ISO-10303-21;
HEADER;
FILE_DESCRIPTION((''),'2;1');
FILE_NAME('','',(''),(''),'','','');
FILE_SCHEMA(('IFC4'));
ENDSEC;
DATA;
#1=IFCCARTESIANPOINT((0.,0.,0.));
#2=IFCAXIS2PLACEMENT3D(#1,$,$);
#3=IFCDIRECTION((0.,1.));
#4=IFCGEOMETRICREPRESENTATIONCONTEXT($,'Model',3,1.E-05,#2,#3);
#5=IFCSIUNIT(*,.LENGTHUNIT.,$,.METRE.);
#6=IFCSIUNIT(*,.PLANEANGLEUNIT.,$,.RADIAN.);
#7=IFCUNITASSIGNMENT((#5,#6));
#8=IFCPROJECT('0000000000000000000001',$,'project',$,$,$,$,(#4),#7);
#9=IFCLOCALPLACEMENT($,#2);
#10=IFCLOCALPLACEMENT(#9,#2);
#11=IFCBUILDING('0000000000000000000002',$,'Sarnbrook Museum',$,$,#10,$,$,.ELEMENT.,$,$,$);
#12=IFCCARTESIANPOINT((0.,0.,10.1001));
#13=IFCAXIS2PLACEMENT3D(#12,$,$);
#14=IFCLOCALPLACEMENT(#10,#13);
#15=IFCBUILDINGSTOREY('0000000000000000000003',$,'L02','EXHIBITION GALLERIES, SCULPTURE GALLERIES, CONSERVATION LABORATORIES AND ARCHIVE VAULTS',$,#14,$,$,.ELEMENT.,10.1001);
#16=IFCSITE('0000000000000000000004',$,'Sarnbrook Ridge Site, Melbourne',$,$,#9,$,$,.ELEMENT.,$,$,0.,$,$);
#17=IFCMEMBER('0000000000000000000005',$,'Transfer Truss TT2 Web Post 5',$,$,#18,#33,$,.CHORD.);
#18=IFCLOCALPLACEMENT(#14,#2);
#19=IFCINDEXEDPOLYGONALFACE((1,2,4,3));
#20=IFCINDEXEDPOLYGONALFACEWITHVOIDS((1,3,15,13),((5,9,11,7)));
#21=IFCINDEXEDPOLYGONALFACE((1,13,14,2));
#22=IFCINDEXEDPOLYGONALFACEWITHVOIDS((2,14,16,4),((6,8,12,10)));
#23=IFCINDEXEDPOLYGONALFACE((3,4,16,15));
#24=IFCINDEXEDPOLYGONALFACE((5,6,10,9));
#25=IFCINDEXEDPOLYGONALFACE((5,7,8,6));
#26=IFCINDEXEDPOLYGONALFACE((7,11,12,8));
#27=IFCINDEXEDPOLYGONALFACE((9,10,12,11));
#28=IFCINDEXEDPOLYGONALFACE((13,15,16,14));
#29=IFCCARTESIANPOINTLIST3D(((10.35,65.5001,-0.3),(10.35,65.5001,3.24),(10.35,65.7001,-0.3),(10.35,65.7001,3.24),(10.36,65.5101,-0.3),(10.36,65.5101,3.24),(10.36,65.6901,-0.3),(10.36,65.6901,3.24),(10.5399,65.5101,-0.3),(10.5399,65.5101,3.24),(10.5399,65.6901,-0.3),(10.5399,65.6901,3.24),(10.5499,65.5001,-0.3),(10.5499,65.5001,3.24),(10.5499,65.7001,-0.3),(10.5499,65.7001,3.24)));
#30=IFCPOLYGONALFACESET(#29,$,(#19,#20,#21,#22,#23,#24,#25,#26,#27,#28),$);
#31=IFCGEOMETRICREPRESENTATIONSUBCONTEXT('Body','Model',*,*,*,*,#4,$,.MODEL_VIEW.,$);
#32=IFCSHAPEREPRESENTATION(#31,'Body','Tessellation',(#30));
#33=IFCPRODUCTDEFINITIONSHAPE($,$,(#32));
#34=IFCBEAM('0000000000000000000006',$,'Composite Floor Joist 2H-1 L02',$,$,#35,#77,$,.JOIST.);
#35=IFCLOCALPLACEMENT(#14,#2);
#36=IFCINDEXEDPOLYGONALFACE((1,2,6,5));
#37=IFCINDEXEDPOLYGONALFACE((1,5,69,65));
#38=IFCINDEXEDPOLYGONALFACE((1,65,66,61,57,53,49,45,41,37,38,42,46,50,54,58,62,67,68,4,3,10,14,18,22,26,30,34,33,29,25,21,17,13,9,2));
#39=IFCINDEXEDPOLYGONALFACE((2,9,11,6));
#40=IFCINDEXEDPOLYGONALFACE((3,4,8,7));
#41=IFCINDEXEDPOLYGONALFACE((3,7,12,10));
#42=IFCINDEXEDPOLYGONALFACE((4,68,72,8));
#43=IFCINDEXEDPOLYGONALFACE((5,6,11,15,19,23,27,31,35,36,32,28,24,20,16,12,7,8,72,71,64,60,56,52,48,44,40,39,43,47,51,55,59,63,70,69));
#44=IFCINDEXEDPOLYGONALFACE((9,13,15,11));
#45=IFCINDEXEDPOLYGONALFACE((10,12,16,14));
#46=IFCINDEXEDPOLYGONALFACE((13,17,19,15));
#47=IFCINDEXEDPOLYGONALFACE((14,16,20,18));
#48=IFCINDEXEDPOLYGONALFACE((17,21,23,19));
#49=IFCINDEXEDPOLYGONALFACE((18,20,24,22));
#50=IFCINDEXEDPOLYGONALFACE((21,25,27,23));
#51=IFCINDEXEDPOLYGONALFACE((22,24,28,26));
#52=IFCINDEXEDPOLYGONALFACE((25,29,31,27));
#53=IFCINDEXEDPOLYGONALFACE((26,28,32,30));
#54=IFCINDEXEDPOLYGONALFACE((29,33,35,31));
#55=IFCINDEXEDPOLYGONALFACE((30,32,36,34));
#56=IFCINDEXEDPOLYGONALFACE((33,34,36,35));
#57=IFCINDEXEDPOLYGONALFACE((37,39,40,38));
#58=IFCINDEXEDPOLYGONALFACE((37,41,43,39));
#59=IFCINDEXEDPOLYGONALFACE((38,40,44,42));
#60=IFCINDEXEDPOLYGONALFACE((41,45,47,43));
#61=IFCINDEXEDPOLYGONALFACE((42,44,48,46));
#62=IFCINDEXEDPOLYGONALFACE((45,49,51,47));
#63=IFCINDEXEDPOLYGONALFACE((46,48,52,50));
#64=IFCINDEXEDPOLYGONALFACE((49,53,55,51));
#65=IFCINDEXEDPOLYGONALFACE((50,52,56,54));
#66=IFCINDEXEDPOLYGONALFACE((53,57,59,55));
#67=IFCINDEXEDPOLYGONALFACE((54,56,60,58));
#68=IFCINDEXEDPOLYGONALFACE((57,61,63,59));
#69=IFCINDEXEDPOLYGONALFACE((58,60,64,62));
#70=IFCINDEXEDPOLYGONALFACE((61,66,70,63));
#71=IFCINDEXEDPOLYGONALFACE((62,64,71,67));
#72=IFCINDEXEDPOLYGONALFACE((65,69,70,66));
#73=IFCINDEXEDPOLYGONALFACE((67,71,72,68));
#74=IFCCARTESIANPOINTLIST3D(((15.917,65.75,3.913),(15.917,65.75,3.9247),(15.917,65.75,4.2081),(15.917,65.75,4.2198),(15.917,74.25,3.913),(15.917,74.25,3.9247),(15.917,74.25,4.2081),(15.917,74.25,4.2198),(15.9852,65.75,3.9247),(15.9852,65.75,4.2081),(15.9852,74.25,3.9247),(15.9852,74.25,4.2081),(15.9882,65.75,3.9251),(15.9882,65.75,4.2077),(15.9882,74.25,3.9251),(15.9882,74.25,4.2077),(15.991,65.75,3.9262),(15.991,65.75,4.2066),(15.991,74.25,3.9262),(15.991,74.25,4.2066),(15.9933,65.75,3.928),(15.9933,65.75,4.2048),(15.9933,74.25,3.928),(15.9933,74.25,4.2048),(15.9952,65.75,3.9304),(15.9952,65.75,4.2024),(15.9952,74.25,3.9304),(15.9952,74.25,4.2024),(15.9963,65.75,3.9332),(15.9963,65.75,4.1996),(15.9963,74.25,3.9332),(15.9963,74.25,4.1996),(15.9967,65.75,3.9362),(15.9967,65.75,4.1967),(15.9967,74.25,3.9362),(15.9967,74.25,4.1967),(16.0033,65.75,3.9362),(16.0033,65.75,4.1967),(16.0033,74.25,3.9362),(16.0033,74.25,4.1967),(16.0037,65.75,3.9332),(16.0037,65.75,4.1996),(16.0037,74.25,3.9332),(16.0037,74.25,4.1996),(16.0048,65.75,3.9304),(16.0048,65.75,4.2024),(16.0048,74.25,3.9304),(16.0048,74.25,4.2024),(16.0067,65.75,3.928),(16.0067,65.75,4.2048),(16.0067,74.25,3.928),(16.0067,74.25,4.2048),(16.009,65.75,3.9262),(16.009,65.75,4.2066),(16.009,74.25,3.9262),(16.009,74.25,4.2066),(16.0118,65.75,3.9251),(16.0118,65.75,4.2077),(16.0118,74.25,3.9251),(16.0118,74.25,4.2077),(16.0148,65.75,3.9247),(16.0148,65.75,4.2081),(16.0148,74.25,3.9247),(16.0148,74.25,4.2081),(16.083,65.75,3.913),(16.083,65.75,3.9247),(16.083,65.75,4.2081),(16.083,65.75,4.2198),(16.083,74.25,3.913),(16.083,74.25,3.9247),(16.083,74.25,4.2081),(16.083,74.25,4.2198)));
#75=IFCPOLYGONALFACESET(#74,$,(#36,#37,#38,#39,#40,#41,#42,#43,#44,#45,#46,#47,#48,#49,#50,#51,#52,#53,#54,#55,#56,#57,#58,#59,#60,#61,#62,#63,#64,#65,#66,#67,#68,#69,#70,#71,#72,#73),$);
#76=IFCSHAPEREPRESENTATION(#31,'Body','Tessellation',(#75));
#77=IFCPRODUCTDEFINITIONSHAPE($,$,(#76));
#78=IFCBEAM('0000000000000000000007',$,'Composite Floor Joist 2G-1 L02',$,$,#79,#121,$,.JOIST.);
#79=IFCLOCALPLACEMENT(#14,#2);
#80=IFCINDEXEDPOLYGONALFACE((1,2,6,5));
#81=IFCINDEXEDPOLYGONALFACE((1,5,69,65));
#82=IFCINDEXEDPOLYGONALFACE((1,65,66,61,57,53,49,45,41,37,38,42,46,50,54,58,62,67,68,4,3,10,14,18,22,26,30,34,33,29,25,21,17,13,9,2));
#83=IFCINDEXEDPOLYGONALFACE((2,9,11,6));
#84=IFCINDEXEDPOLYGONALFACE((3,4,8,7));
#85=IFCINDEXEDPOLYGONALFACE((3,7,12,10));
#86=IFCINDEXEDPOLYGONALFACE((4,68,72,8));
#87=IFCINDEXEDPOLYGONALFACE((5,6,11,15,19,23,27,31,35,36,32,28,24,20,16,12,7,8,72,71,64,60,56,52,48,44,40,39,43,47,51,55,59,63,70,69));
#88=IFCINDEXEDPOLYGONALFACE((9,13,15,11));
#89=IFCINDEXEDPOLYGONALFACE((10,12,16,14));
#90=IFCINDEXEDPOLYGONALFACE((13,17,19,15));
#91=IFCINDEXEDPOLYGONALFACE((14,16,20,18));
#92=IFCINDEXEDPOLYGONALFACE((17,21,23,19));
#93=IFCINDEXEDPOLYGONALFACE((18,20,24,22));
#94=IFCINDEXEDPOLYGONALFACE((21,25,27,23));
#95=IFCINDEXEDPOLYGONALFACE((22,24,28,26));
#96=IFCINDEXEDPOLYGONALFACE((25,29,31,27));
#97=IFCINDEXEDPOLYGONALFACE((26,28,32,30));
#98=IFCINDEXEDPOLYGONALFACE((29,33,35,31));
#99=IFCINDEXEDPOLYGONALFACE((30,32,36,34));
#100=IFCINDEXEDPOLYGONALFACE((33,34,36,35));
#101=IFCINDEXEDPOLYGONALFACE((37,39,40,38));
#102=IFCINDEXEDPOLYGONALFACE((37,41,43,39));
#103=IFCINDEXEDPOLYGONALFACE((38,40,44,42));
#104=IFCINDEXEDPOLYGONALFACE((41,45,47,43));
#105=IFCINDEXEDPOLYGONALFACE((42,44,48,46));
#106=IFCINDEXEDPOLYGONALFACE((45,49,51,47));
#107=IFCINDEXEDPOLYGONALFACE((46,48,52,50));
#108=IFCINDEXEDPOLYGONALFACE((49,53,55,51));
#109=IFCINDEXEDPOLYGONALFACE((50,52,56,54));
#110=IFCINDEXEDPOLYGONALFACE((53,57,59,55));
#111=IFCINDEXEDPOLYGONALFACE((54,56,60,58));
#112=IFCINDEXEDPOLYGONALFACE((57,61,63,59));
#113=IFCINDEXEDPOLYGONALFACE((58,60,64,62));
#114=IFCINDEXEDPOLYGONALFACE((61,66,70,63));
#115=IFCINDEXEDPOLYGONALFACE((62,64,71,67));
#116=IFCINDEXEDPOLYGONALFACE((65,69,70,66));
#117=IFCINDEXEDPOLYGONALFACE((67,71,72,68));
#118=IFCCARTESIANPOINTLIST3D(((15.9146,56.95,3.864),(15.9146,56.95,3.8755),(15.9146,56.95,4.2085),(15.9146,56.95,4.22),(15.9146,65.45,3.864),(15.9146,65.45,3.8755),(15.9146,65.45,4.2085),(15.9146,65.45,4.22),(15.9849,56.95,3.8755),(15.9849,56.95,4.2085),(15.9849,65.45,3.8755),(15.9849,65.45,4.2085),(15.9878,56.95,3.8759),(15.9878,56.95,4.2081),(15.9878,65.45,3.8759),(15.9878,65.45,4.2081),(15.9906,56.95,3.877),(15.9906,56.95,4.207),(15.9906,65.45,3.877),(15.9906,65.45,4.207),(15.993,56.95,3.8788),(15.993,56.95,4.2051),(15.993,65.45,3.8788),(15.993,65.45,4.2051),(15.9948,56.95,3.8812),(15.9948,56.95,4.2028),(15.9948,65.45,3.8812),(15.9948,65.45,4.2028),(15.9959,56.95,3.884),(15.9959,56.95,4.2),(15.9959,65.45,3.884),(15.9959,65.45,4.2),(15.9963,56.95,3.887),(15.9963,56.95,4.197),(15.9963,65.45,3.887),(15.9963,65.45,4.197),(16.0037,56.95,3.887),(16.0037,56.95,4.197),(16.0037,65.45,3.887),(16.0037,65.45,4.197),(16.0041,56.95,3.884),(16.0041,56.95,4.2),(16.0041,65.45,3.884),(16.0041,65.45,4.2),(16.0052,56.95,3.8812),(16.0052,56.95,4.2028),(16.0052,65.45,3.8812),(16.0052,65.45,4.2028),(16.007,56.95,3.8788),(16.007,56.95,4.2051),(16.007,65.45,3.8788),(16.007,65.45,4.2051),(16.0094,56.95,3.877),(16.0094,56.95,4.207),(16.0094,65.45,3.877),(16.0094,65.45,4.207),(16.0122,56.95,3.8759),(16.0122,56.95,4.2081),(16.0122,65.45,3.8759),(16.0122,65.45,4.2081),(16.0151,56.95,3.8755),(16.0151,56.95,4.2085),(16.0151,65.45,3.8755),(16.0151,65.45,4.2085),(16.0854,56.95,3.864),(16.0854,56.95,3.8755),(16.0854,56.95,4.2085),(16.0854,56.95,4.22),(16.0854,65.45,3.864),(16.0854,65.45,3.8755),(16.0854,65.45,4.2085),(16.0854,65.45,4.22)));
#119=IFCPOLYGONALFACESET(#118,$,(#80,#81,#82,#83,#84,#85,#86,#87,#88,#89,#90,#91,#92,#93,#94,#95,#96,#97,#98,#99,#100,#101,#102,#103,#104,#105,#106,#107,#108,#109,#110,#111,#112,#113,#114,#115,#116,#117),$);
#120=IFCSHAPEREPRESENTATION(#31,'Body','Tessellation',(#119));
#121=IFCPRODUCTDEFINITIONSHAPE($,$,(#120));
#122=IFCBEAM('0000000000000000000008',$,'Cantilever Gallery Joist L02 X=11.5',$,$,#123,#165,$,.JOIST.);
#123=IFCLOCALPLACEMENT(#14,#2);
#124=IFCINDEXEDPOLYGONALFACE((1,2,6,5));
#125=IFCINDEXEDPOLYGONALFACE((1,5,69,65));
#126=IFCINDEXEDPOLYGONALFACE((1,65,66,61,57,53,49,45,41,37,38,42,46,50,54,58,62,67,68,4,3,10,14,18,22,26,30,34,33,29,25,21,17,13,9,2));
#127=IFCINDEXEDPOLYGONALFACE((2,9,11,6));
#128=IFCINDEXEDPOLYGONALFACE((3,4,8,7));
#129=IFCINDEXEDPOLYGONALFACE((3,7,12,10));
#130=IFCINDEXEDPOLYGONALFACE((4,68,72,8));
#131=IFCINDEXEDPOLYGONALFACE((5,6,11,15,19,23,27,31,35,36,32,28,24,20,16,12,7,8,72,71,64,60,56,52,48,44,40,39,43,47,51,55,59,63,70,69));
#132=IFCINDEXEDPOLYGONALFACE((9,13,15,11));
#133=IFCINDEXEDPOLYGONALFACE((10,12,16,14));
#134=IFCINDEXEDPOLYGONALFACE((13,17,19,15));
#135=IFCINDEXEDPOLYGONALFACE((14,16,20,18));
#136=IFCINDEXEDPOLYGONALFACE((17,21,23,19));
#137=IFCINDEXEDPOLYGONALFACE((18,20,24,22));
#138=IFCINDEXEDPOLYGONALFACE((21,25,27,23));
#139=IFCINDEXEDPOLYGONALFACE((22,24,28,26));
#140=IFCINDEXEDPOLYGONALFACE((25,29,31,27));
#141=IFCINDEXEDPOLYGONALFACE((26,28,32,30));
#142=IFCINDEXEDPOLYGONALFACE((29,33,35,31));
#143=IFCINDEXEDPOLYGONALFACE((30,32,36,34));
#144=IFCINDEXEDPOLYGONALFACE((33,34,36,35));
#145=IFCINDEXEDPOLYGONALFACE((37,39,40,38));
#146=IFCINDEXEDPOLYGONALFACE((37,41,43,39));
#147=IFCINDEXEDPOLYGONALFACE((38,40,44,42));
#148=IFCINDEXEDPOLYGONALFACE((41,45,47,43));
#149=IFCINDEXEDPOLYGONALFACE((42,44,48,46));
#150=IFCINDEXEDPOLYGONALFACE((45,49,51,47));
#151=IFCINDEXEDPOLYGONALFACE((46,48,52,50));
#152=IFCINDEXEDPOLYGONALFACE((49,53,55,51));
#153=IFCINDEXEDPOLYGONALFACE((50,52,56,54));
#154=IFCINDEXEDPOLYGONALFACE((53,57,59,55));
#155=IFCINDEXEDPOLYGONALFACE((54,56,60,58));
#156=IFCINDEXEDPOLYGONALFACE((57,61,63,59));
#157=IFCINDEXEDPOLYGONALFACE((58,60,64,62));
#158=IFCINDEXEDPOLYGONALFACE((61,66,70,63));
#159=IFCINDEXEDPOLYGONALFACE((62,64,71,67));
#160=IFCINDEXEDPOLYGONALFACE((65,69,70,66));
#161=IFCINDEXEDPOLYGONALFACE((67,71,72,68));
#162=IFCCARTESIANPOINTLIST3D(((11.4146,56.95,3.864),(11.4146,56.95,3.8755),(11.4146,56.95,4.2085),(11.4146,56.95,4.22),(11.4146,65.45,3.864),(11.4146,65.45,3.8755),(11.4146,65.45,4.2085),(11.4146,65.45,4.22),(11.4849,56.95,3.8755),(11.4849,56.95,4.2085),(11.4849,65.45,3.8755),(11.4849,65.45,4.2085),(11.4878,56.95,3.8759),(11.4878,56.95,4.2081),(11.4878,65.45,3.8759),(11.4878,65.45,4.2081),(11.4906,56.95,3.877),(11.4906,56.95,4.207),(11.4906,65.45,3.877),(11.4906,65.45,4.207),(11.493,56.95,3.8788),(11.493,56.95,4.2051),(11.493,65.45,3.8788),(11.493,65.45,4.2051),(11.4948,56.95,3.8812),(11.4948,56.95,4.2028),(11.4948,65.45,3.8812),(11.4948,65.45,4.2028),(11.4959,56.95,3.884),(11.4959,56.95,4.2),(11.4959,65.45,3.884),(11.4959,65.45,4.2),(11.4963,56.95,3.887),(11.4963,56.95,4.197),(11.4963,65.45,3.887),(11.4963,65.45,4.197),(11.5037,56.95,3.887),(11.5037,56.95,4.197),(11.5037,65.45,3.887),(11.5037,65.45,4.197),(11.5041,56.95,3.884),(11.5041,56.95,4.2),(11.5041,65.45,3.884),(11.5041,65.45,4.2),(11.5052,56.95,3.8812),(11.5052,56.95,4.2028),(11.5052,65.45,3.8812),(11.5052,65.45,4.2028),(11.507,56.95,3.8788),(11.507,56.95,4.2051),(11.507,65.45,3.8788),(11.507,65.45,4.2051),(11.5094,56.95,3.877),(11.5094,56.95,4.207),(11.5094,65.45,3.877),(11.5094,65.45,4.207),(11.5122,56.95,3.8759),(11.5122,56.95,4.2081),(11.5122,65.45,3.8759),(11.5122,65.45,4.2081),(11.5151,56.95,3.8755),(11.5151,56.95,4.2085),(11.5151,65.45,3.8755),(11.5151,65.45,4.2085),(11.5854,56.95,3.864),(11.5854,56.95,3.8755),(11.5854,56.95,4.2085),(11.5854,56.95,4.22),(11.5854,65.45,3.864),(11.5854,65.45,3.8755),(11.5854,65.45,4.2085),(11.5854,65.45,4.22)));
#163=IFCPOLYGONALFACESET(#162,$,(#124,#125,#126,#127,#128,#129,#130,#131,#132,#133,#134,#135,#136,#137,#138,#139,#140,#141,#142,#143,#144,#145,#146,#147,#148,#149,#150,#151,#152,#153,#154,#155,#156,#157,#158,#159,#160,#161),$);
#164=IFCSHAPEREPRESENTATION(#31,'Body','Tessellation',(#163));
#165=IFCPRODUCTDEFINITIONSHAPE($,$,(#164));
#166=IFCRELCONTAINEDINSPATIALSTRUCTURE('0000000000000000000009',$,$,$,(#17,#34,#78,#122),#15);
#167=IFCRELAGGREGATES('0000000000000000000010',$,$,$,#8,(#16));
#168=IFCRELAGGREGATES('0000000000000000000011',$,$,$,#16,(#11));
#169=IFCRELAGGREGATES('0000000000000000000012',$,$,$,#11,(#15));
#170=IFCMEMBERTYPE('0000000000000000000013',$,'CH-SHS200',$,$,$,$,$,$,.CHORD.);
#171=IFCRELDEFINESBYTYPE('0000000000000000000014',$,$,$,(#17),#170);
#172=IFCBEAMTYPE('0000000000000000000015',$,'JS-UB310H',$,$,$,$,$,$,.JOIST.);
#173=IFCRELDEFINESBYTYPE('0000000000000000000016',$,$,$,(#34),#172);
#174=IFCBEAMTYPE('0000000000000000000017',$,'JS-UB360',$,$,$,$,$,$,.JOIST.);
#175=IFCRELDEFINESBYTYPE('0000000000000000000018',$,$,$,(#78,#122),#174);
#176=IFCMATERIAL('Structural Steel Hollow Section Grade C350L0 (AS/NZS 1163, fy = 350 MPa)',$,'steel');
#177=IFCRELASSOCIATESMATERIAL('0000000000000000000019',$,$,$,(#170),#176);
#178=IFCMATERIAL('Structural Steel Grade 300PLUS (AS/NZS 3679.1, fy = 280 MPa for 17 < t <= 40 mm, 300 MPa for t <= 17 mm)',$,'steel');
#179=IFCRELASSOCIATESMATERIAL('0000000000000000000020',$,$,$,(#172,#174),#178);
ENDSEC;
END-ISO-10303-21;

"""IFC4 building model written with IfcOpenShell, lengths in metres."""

from ifc_helpers import new_model, si_unit, direction, frame, origin, origin_2d, place, context, subcontext, project, spatial, hollow_rectangle, i_section, extrude, material, material_profile, profile_set, type_object, element, save


model = new_model("IFC4")

# Units and contexts
model_context = context("Model", 3, precision=1e-05, world=origin(), true_north=direction((0.0, 1.0)))
body_context = subcontext(model_context, "Body", "Model", "MODEL_VIEW")
ifc_project = project(units=[si_unit("LENGTHUNIT", "METRE"), si_unit("PLANEANGLEUNIT", "RADIAN")], contexts=[model_context])

# Site, building, storey
site_placement = place(None, origin())
site = spatial("IfcSite", under=ifc_project, at=site_placement, Name="Sarnbrook Ridge Site, Melbourne", CompositionType="ELEMENT", RefElevation=0.0)
building_placement = place(site_placement, origin())
building = spatial("IfcBuilding", under=site, at=building_placement, Name="Sarnbrook Museum", CompositionType="ELEMENT")
storey_placement = place(building_placement, frame((0.0, 0.0, 10.1001)))
storey = spatial("IfcBuildingStorey", under=building, at=storey_placement, Name="L02", Description="EXHIBITION GALLERIES, SCULPTURE GALLERIES, CONSERVATION LABORATORIES AND ARCHIVE VAULTS", CompositionType="ELEMENT", Elevation=10.1001)

# Shared definitions
ifc_material_1 = material(Name="Structural Steel Grade 300PLUS (AS/NZS 3679.1, fy = 280 MPa for 17 < t <= 40 mm, 300 MPa for t <= 17 mm)", Category="steel")

# Member
ifc_material_2 = material(Name="Structural Steel Hollow Section Grade C350L0 (AS/NZS 1163, fy = 350 MPa)", Category="steel")
ifc_material_profile_1 = material_profile(ifc_material_2, hollow_rectangle(XDim=0.2, YDim=0.2, WallThickness=0.01, at=origin_2d()), Name="200x200x10.0SHS")
ifc_profile_set_1 = profile_set([ifc_material_profile_1], Name="Structural Steel Hollow Section Grade C350L0 (AS/NZS 1163, fy = 350 MPa)")
member_type_1 = type_object("IfcMemberType", Name="CH-SHS200", PredefinedType="CHORD", material=ifc_profile_set_1)
member_1_placement = place(storey_placement, frame((10.45, 65.6001, -0.3), z_axis=(0.0, 0.0, 1.0), x_axis=(1.0, 0.0, 0.0)))
element("IfcMember", 1, at=member_1_placement, inside=storey, type_object=member_type_1, Name="Transfer Truss TT2 Web Post 5", PredefinedType="CHORD", context=body_context, shape_type="SweptSolid", body=[
    extrude(hollow_rectangle(XDim=0.2, YDim=0.2, WallThickness=0.01, at=origin_2d()), origin(), (0.0, 0.0, 1.0), 3.54),
])

# Beams
ifc_material_profile_2 = material_profile(ifc_material_1, i_section(OverallWidth=0.166, OverallDepth=0.3069, WebThickness=0.0066, FlangeThickness=0.0117, FilletRadius=0.0115, at=origin_2d()), Name="310UB46.2")
ifc_profile_set_2 = profile_set([ifc_material_profile_2], Name="Structural Steel Grade 300PLUS (AS/NZS 3679.1, fy = 280 MPa for 17 < t <= 40 mm, 300 MPa for t <= 17 mm)")
beam_type_1 = type_object("IfcBeamType", Name="JS-UB310H", PredefinedType="JOIST", material=ifc_profile_set_2)
beam_placement = place(storey_placement, frame((16.0, 65.75, 4.0664), z_axis=(0.0, 1.0, 0.0), x_axis=(-1.0, 0.0, 0.0)))
element("IfcBeam", 2, at=beam_placement, inside=storey, type_object=beam_type_1, Name="Composite Floor Joist 2H-1 L02", PredefinedType="JOIST", context=body_context, shape_type="SweptSolid", body=[
    extrude(i_section(OverallWidth=0.166, OverallDepth=0.3069, WebThickness=0.0066, FlangeThickness=0.0117, FilletRadius=0.0115, at=origin_2d()), origin(), (0.0, 0.0, 1.0), 8.5),
])
ifc_material_profile_3 = material_profile(ifc_material_1, i_section(OverallWidth=0.1709, OverallDepth=0.356, WebThickness=0.0073, FlangeThickness=0.0115, FilletRadius=0.0115, at=origin_2d()), Name="360UB50.7")
ifc_profile_set_3 = profile_set([ifc_material_profile_3], Name="Structural Steel Grade 300PLUS (AS/NZS 3679.1, fy = 280 MPa for 17 < t <= 40 mm, 300 MPa for t <= 17 mm)")
beam_type_2 = type_object("IfcBeamType", Name="JS-UB360", PredefinedType="JOIST", material=ifc_profile_set_3)
for number, where, z_axis, x_axis, name in (
    (3, (16.0, 56.95, 4.042), (0.0, 1.0, 0.0), (-1.0, 0.0, 0.0), "Composite Floor Joist 2G-1 L02"),
    (4, (11.5, 56.95, 4.042), (0.0, 1.0, 0.0), (-1.0, 0.0, 0.0), "Cantilever Gallery Joist L02 X=11.5"),
):
    element("IfcBeam", number, at=place(storey_placement, frame(where, z_axis=z_axis, x_axis=x_axis)), inside=storey, type_object=beam_type_2, Name=name, PredefinedType="JOIST", context=body_context, shape_type="SweptSolid", body=[
        extrude(i_section(OverallWidth=0.1709, OverallDepth=0.356, WebThickness=0.0073, FlangeThickness=0.0115, FilletRadius=0.0115, at=origin_2d()), origin(), (0.0, 0.0, 1.0), 8.5),
    ])

save(model, "model.ifc")
